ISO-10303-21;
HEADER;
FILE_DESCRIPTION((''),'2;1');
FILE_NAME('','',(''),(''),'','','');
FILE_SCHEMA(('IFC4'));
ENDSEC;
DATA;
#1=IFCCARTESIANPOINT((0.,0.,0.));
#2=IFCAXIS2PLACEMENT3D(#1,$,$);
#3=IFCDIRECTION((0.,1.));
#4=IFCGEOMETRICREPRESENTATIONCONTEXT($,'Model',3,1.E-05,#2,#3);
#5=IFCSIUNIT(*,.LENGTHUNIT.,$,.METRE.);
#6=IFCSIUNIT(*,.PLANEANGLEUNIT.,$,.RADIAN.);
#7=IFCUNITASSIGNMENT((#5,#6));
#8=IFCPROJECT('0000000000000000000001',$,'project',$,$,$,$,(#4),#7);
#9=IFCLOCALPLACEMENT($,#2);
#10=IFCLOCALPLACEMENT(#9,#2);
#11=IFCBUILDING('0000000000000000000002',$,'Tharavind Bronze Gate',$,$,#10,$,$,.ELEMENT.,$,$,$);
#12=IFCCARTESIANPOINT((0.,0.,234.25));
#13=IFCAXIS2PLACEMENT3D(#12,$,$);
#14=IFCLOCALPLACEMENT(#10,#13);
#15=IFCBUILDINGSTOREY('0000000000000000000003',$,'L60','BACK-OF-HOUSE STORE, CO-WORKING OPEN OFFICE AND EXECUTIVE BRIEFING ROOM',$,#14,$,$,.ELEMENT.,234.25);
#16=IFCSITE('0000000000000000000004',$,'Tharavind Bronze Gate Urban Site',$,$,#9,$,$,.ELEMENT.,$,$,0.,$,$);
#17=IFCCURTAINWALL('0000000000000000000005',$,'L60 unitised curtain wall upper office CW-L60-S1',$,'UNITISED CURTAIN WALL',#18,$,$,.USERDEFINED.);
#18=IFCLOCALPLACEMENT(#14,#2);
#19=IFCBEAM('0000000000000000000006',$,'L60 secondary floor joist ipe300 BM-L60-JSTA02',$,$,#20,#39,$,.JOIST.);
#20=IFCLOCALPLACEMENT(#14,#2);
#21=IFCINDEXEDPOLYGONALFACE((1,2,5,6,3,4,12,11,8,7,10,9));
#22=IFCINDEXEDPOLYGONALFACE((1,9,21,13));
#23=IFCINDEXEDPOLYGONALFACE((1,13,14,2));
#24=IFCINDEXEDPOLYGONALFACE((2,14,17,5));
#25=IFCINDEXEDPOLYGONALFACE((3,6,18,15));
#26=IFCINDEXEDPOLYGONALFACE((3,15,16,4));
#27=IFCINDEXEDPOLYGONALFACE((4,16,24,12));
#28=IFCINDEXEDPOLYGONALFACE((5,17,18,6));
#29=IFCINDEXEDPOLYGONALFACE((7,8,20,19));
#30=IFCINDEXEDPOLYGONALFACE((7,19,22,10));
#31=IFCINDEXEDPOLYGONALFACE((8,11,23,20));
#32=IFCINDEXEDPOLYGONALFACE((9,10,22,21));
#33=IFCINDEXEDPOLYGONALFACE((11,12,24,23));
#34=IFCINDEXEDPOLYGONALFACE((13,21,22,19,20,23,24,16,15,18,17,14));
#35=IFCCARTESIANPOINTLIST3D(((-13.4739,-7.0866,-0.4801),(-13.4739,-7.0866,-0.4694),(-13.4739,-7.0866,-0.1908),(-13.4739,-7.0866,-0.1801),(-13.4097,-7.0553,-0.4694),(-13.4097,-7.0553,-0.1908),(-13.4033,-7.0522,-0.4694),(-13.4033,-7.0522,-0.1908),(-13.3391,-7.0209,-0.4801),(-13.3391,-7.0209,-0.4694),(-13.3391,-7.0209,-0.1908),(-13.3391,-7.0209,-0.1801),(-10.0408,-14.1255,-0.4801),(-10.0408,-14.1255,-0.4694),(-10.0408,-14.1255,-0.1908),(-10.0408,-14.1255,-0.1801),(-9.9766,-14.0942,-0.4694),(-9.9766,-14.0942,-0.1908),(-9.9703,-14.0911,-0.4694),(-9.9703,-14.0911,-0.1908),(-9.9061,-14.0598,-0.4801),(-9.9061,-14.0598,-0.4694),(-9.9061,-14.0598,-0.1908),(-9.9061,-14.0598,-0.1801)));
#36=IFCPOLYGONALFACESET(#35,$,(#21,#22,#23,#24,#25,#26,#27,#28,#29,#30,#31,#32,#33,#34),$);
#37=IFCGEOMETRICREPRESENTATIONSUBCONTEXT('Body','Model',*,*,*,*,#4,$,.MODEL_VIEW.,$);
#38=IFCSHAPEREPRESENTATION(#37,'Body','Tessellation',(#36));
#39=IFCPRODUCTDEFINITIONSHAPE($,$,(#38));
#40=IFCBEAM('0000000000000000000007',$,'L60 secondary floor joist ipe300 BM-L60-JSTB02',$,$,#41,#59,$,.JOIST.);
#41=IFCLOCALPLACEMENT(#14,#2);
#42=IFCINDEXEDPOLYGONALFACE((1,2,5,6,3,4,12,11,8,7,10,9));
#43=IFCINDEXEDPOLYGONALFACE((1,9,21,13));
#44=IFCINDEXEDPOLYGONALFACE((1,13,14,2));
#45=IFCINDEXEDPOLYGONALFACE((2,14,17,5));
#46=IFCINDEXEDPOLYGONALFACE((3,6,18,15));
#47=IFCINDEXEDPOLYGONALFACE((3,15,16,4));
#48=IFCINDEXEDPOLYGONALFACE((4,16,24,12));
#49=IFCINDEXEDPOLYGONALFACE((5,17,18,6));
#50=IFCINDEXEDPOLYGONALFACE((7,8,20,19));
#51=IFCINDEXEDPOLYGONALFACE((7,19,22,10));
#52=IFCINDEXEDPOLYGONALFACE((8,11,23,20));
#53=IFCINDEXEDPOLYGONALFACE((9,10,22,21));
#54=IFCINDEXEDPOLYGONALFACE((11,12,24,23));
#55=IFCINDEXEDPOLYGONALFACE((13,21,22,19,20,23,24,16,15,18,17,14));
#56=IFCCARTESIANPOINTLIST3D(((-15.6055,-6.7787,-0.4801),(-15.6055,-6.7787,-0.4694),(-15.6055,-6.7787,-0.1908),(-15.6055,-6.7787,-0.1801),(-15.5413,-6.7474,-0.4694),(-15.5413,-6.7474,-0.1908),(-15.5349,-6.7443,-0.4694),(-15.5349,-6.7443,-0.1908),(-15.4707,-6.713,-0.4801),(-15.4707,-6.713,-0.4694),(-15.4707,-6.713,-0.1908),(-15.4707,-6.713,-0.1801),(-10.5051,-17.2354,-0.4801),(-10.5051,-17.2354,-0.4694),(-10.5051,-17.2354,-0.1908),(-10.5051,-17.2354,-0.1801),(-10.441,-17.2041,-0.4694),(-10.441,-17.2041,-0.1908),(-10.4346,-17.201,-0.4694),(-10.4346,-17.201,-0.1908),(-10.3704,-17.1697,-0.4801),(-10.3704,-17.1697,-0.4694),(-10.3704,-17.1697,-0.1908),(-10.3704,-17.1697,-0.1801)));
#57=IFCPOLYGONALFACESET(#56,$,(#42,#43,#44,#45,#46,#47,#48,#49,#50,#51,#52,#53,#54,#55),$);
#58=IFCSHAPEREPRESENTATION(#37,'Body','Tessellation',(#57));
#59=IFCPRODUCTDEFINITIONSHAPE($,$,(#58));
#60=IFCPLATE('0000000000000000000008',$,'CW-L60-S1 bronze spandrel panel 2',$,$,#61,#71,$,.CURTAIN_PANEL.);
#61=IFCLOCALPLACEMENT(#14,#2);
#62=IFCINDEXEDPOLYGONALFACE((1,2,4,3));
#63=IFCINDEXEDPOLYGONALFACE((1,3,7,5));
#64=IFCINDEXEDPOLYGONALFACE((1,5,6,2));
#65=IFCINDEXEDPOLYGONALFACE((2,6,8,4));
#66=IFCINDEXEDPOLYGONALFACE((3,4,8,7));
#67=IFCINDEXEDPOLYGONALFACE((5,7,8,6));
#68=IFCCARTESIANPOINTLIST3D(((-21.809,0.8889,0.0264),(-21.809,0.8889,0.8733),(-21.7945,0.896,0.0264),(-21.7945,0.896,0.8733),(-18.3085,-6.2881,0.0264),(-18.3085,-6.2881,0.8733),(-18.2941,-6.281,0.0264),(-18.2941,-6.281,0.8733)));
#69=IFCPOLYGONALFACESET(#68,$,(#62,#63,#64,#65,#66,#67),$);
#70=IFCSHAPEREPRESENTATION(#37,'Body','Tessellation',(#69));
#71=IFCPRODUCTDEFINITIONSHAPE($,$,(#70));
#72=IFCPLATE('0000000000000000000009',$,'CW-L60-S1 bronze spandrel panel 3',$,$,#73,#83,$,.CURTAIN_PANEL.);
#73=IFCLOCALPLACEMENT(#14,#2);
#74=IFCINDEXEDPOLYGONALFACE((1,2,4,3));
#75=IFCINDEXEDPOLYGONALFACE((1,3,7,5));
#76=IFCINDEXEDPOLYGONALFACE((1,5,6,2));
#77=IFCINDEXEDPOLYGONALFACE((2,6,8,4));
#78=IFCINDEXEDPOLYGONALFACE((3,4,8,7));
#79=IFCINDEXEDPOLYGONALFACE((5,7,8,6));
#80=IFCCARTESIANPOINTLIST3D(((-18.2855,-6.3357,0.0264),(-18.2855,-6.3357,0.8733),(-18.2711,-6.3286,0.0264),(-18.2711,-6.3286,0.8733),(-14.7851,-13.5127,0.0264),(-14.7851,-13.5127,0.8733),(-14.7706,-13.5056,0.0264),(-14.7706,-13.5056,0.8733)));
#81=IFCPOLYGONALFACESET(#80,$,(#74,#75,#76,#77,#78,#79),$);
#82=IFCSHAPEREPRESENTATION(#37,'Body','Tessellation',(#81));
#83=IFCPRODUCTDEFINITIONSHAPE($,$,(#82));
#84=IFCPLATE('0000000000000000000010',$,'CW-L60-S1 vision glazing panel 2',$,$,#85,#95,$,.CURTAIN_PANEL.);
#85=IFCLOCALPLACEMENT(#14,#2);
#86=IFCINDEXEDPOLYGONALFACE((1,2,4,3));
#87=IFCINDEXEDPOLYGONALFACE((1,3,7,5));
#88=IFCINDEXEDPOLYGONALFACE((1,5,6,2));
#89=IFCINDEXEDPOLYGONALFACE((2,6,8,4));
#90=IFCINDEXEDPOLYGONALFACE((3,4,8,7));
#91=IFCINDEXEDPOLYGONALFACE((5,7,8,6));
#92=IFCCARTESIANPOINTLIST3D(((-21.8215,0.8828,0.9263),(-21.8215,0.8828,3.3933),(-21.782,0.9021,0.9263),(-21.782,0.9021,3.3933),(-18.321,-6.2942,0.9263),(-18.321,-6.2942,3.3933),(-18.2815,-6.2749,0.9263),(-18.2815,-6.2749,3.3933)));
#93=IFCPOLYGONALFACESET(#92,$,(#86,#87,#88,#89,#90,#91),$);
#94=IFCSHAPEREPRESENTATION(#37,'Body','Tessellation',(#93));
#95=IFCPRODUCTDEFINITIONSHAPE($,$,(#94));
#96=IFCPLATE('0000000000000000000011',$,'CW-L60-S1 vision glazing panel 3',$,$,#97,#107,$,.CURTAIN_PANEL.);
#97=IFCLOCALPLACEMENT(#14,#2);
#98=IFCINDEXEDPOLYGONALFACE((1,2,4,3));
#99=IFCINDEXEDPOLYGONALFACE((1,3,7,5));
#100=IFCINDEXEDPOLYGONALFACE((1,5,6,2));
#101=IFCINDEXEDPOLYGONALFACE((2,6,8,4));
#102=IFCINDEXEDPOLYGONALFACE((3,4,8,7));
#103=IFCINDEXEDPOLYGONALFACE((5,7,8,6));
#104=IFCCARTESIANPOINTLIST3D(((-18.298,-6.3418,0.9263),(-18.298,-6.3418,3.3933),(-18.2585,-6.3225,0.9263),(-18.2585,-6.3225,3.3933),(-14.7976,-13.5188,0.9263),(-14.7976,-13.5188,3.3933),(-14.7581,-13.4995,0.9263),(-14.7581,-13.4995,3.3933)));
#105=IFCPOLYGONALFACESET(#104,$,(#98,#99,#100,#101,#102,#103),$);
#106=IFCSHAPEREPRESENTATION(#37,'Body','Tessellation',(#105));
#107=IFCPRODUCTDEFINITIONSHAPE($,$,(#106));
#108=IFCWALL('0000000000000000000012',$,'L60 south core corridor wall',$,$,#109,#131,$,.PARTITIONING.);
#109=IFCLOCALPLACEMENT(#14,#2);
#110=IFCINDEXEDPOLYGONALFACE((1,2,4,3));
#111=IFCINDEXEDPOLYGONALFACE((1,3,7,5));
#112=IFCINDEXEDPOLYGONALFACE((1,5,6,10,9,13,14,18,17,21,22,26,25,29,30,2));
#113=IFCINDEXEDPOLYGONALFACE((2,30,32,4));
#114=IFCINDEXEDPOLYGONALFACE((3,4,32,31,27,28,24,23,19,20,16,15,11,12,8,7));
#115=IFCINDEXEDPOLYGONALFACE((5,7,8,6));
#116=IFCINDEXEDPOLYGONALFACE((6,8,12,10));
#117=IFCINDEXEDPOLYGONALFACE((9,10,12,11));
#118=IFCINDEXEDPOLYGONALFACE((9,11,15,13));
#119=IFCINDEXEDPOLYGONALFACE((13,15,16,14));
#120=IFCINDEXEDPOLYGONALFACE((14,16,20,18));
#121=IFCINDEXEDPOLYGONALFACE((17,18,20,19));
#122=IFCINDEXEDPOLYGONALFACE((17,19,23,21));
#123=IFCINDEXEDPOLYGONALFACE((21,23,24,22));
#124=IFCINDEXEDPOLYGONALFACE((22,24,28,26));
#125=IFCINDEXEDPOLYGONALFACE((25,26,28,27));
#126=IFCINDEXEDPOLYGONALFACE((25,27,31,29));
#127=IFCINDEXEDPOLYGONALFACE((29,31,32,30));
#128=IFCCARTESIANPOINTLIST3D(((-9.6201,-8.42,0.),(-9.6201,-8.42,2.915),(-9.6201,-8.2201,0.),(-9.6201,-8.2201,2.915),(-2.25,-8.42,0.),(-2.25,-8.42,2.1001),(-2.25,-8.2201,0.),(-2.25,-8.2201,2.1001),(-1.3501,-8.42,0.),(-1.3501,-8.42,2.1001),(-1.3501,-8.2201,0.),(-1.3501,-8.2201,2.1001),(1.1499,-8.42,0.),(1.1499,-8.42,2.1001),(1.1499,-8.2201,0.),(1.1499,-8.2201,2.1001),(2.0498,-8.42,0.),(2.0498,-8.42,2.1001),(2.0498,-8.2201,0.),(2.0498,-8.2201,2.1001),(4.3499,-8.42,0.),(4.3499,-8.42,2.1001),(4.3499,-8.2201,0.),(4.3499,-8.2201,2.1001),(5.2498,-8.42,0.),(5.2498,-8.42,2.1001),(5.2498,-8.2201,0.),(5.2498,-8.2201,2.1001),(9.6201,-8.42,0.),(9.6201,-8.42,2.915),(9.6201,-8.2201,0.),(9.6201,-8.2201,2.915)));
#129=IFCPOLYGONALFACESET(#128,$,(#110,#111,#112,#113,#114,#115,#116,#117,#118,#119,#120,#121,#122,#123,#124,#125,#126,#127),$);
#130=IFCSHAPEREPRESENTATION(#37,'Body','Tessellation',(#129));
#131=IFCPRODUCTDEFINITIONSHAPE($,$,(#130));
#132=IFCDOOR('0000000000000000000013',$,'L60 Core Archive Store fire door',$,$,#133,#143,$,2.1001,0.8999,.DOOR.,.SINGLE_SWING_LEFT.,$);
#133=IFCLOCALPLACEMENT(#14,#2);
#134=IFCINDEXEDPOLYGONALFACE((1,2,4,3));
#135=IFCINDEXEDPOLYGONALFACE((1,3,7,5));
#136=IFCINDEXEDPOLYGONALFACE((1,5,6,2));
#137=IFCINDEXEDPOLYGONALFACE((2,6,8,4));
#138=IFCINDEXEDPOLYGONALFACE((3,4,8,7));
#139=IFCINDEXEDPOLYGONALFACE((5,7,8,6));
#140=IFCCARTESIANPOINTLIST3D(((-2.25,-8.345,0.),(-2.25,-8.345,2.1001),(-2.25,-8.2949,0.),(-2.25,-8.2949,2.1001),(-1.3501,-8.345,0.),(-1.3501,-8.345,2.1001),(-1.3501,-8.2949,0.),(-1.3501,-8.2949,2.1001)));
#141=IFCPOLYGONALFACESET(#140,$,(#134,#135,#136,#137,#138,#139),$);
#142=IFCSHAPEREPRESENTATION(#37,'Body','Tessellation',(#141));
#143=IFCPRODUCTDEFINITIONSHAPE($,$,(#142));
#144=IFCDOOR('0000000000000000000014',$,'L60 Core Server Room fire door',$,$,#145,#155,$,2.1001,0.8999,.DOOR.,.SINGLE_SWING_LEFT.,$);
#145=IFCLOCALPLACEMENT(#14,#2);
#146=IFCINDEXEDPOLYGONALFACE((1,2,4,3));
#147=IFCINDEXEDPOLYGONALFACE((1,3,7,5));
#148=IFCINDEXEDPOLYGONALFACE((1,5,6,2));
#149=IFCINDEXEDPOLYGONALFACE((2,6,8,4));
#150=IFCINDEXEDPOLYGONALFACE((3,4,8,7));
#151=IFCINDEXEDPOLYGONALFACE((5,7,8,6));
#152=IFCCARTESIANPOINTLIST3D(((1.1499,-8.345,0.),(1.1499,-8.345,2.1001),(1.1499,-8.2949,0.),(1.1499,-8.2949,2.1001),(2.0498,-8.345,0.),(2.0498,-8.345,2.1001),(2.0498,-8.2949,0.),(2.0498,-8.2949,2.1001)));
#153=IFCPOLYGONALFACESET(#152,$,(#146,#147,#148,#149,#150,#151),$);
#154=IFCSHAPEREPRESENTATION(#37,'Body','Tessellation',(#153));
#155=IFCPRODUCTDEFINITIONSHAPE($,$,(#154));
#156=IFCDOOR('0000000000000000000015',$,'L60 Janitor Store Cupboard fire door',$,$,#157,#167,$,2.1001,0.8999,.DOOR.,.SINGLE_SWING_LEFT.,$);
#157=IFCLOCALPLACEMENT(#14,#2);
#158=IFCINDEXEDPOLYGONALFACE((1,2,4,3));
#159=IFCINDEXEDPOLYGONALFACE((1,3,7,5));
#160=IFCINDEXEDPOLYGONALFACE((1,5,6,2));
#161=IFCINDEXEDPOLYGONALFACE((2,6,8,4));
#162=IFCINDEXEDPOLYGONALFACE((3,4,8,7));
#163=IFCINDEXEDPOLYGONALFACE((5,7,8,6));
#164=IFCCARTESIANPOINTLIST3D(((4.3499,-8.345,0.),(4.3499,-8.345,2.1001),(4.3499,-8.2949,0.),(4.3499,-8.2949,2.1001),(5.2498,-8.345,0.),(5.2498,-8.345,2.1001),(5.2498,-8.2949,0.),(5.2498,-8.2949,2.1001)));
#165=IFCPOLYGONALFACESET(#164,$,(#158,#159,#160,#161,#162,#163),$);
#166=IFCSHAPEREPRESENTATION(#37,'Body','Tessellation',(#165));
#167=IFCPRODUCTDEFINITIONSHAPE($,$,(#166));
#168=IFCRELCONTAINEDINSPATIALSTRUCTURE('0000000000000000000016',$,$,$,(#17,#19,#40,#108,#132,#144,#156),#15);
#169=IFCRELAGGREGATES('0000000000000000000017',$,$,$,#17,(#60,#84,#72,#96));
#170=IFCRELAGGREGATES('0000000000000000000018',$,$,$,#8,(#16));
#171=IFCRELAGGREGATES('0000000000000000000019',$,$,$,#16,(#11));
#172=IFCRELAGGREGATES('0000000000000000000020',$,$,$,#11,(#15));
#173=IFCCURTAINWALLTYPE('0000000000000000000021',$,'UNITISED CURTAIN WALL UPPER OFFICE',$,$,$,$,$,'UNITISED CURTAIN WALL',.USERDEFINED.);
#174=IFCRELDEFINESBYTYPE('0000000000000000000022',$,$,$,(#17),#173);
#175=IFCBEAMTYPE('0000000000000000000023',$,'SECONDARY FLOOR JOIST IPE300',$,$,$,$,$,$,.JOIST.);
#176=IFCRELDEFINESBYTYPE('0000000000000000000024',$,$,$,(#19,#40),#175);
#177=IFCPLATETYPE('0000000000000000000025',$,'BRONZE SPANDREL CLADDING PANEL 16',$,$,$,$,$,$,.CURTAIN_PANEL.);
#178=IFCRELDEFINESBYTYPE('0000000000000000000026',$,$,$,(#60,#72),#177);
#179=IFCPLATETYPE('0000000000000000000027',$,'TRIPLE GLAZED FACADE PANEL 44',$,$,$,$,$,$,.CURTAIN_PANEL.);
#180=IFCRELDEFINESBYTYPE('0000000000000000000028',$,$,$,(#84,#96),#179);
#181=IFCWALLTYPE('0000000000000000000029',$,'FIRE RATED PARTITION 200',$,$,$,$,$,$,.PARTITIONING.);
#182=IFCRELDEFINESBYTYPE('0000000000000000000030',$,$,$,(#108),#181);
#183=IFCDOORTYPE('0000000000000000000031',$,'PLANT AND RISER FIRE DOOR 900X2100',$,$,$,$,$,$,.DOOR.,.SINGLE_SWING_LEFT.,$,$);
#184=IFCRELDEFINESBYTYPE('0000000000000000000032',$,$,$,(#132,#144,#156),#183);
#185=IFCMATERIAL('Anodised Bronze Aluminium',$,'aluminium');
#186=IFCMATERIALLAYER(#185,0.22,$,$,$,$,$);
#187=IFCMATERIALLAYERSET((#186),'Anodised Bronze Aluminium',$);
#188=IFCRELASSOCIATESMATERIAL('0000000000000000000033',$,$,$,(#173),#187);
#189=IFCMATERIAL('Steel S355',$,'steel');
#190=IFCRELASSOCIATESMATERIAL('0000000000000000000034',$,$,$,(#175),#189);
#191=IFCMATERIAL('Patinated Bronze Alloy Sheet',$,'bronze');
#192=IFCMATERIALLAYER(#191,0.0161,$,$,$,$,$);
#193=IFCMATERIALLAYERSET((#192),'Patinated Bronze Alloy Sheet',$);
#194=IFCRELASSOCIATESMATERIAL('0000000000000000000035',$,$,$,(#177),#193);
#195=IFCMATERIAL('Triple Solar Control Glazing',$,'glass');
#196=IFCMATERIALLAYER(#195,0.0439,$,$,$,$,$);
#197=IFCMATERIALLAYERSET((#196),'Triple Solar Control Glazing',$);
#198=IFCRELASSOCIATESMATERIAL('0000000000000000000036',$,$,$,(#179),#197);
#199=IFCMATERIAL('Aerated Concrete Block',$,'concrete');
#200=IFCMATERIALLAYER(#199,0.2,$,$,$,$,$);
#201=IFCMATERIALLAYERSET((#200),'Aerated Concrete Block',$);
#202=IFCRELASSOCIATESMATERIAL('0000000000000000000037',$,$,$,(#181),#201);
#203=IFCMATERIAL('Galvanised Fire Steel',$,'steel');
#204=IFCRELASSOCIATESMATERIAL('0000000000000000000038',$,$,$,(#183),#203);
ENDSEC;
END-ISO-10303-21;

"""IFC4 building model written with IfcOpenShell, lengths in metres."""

from ifc_helpers import new_model, si_unit, direction, frame, frame_2d, origin, origin_2d, place, context, subcontext, project, spatial, rectangle, i_section, extrude, material, layer, layer_set, material_profile, profile_set, type_object, element, fill, aggregate, save


model = new_model("IFC4")

# Units and contexts
model_context = context("Model", 3, precision=1e-05, world=origin(), true_north=direction((0.0, 1.0)))
body_context = subcontext(model_context, "Body", "Model", "MODEL_VIEW")
ifc_project = project(units=[si_unit("LENGTHUNIT", "METRE"), si_unit("PLANEANGLEUNIT", "RADIAN")], contexts=[model_context])

# Site, building, storey
site_placement = place(None, origin())
site = spatial("IfcSite", under=ifc_project, at=site_placement, Name="Tharavind Bronze Gate Urban Site", CompositionType="ELEMENT", RefElevation=0.0)
building_placement = place(site_placement, origin())
building = spatial("IfcBuilding", under=site, at=building_placement, Name="Tharavind Bronze Gate", CompositionType="ELEMENT")
storey_placement = place(building_placement, frame((0.0, 0.0, 234.25)))
storey = spatial("IfcBuildingStorey", under=building, at=storey_placement, Name="L60", Description="BACK-OF-HOUSE STORE, CO-WORKING OPEN OFFICE AND EXECUTIVE BRIEFING ROOM", CompositionType="ELEMENT", Elevation=234.25)

# Curtain wall
ifc_material_1 = material(Name="Anodised Bronze Aluminium", Category="aluminium")
ifc_layer_1 = layer(ifc_material_1, 0.22)
ifc_layer_set_1 = layer_set([ifc_layer_1], Name="Anodised Bronze Aluminium")
curtain_wall_type = type_object("IfcCurtainWallType", Name="UNITISED CURTAIN WALL UPPER OFFICE", ElementType="UNITISED CURTAIN WALL", PredefinedType="USERDEFINED", material=ifc_layer_set_1)
curtain_wall_placement = place(storey_placement, origin())
curtain_wall = element("IfcCurtainWall", 1, at=curtain_wall_placement, inside=storey, type_object=curtain_wall_type, Name="L60 unitised curtain wall upper office CW-L60-S1", ObjectType="UNITISED CURTAIN WALL", PredefinedType="USERDEFINED")

# Beams
ifc_material_2 = material(Name="Steel S355", Category="steel")
ifc_material_profile_1 = material_profile(ifc_material_2, i_section(OverallWidth=0.1499, OverallDepth=0.3, WebThickness=0.0071, FlangeThickness=0.0107, at=origin_2d()), Name="IPE300")
ifc_profile_set_1 = profile_set([ifc_material_profile_1], Name="Steel S355")
beam_type_1 = type_object("IfcBeamType", Name="SECONDARY FLOOR JOIST IPE300", PredefinedType="JOIST", material=ifc_profile_set_1)
beam_1_placement = place(storey_placement, frame((-13.4065, -7.0537, -0.3301), z_axis=(0.438363, -0.898798, 0.0), x_axis=(0.898798, 0.438363, 0.0)))
element("IfcBeam", 2, at=beam_1_placement, inside=storey, type_object=beam_type_1, Name="L60 secondary floor joist ipe300 BM-L60-JSTA02", PredefinedType="JOIST", context=body_context, shape_type="SweptSolid", body=[
    extrude(i_section(OverallWidth=0.1499, OverallDepth=0.3, WebThickness=0.0071, FlangeThickness=0.0107, at=origin_2d()), origin(), (0.0, 0.0, 1.0), 7.8315),
])
beam_2_placement = place(storey_placement, frame((-15.5381, -6.7458, -0.3301), z_axis=(0.438387, -0.898786, 0.0), x_axis=(0.898786, 0.438387, 0.0)))
element("IfcBeam", 3, at=beam_2_placement, inside=storey, type_object=beam_type_1, Name="L60 secondary floor joist ipe300 BM-L60-JSTB02", PredefinedType="JOIST", context=body_context, shape_type="SweptSolid", body=[
    extrude(i_section(OverallWidth=0.1499, OverallDepth=0.3, WebThickness=0.0071, FlangeThickness=0.0107, at=origin_2d()), origin(), (0.0, 0.0, 1.0), 11.6343),
])

# Plates
ifc_material_3 = material(Name="Patinated Bronze Alloy Sheet", Category="bronze")
ifc_layer_2 = layer(ifc_material_3, 0.0161)
ifc_layer_set_2 = layer_set([ifc_layer_2], Name="Patinated Bronze Alloy Sheet")
plate_type_1 = type_object("IfcPlateType", Name="BRONZE SPANDREL CLADDING PANEL 16", PredefinedType="CURTAIN_PANEL", material=ifc_layer_set_2)
plate_1_placement = place(storey_placement, frame((-20.0515, -2.696, 0.0264), z_axis=(0.0, 0.0, 1.0), x_axis=(0.438371, -0.898794, 0.0)))
plate_1 = element("IfcPlate", 4, at=plate_1_placement, type_object=plate_type_1, Name="CW-L60-S1 bronze spandrel panel 2", PredefinedType="CURTAIN_PANEL", context=body_context, shape_type="SweptSolid", body=[
    extrude(rectangle(XDim=7.9851, YDim=0.0161, at=origin_2d()), origin(), (0.0, 0.0, 1.0), 0.8469),
])
plate_2_placement = place(storey_placement, frame((-16.5281, -9.9207, 0.0264), z_axis=(0.0, 0.0, 1.0), x_axis=(0.438371, -0.898794, 0.0)))
plate_2 = element("IfcPlate", 5, at=plate_2_placement, type_object=plate_type_1, Name="CW-L60-S1 bronze spandrel panel 3", PredefinedType="CURTAIN_PANEL", context=body_context, shape_type="SweptSolid", body=[
    extrude(rectangle(XDim=7.9851, YDim=0.0161, at=origin_2d()), origin(), (0.0, 0.0, 1.0), 0.8469),
])
ifc_material_4 = material(Name="Triple Solar Control Glazing", Category="glass")
ifc_layer_3 = layer(ifc_material_4, 0.0439)
ifc_layer_set_3 = layer_set([ifc_layer_3], Name="Triple Solar Control Glazing")
plate_type_2 = type_object("IfcPlateType", Name="TRIPLE GLAZED FACADE PANEL 44", PredefinedType="CURTAIN_PANEL", material=ifc_layer_set_3)
plate_3_placement = place(storey_placement, frame((-20.0515, -2.696, 0.9263), z_axis=(0.0, 0.0, 1.0), x_axis=(0.438371, -0.898794, 0.0)))
plate_3 = element("IfcPlate", 6, at=plate_3_placement, type_object=plate_type_2, Name="CW-L60-S1 vision glazing panel 2", PredefinedType="CURTAIN_PANEL", context=body_context, shape_type="SweptSolid", body=[
    extrude(rectangle(XDim=7.9851, YDim=0.0439, at=origin_2d()), origin(), (0.0, 0.0, 1.0), 2.467),
])
plate_4_placement = place(storey_placement, frame((-16.5281, -9.9207, 0.9263), z_axis=(0.0, 0.0, 1.0), x_axis=(0.438371, -0.898794, 0.0)))
plate_4 = element("IfcPlate", 7, at=plate_4_placement, type_object=plate_type_2, Name="CW-L60-S1 vision glazing panel 3", PredefinedType="CURTAIN_PANEL", context=body_context, shape_type="SweptSolid", body=[
    extrude(rectangle(XDim=7.9851, YDim=0.0439, at=origin_2d()), origin(), (0.0, 0.0, 1.0), 2.467),
])
aggregate(curtain_wall, [plate_1, plate_3, plate_2, plate_4])

# Wall, openings, doors
ifc_material_5 = material(Name="Aerated Concrete Block", Category="concrete")
ifc_layer_4 = layer(ifc_material_5, 0.2)
ifc_layer_set_4 = layer_set([ifc_layer_4], Name="Aerated Concrete Block")
wall_type = type_object("IfcWallType", Name="FIRE RATED PARTITION 200", PredefinedType="PARTITIONING", material=ifc_layer_set_4)
wall_1_placement = place(storey_placement, frame((-9.6201, -8.3201, 0.0), z_axis=(0.0, 0.0, 1.0), x_axis=(1.0, 0.0, 0.0)))
wall_1 = element("IfcWall", 8, at=wall_1_placement, inside=storey, type_object=wall_type, Name="L60 south core corridor wall", PredefinedType="PARTITIONING", context=body_context, shape_type="SweptSolid", body=[
    extrude(rectangle(XDim=19.2402, YDim=0.2, at=frame_2d((9.6201, 0.0))), origin(), (0.0, 0.0, 1.0), 2.915),
])
opening_1_placement = place(wall_1_placement, frame((7.3701, 0.0, 0.0)))
opening_1 = element("IfcOpeningElement", 9, at=opening_1_placement, cuts=wall_1, PredefinedType="OPENING", context=body_context, shape_type="SweptSolid", body=[
    extrude(rectangle(XDim=0.8999, YDim=2.1001, at=frame_2d((0.45, 1.05))), frame((0.0, 0.1101, 0.0), z_axis=(0.0, -1.0, 0.0), x_axis=(1.0, 0.0, 0.0)), (0.0, 0.0, 1.0), 0.22),
])
opening_2_placement = place(wall_1_placement, frame((10.77, 0.0, 0.0)))
opening_2 = element("IfcOpeningElement", 10, at=opening_2_placement, cuts=wall_1, PredefinedType="OPENING", context=body_context, shape_type="SweptSolid", body=[
    extrude(rectangle(XDim=0.8999, YDim=2.1001, at=frame_2d((0.45, 1.05))), frame((0.0, 0.1101, 0.0), z_axis=(0.0, -1.0, 0.0), x_axis=(1.0, 0.0, 0.0)), (0.0, 0.0, 1.0), 0.22),
])
opening_3_placement = place(wall_1_placement, frame((13.97, 0.0, 0.0)))
opening_3 = element("IfcOpeningElement", 11, at=opening_3_placement, cuts=wall_1, PredefinedType="OPENING", context=body_context, shape_type="SweptSolid", body=[
    extrude(rectangle(XDim=0.8999, YDim=2.1001, at=frame_2d((0.45, 1.05))), frame((0.0, 0.1101, 0.0), z_axis=(0.0, -1.0, 0.0), x_axis=(1.0, 0.0, 0.0)), (0.0, 0.0, 1.0), 0.22),
])
ifc_material_6 = material(Name="Galvanised Fire Steel", Category="steel")
door_type = type_object("IfcDoorType", Name="PLANT AND RISER FIRE DOOR 900X2100", OperationType="SINGLE_SWING_LEFT", PredefinedType="DOOR", material=ifc_material_6)
door_1_placement = place(opening_1_placement, frame((0.8999, 0.0, 0.0), z_axis=(0.0, 0.0, 1.0), x_axis=(-1.0, 0.0, 0.0)))
door_1 = element("IfcDoor", 12, at=door_1_placement, inside=storey, type_object=door_type, Name="L60 Core Archive Store fire door", OperationType="SINGLE_SWING_LEFT", OverallHeight=2.1001, OverallWidth=0.8999, PredefinedType="DOOR", context=body_context, shape_type="SweptSolid", body=[
    extrude(rectangle(XDim=0.8999, YDim=2.1001, at=frame_2d((0.45, 1.05))), frame((0.0, 0.0249, 0.0), z_axis=(0.0, -1.0, 0.0), x_axis=(1.0, 0.0, 0.0)), (0.0, 0.0, 1.0), 0.05),
])
fill(opening_1, door_1)
door_2_placement = place(opening_2_placement, frame((0.8999, 0.0, 0.0), z_axis=(0.0, 0.0, 1.0), x_axis=(-1.0, 0.0, 0.0)))
door_2 = element("IfcDoor", 13, at=door_2_placement, inside=storey, type_object=door_type, Name="L60 Core Server Room fire door", OperationType="SINGLE_SWING_LEFT", OverallHeight=2.1001, OverallWidth=0.8999, PredefinedType="DOOR", context=body_context, shape_type="SweptSolid", body=[
    extrude(rectangle(XDim=0.8999, YDim=2.1001, at=frame_2d((0.45, 1.05))), frame((0.0, 0.0249, 0.0), z_axis=(0.0, -1.0, 0.0), x_axis=(1.0, 0.0, 0.0)), (0.0, 0.0, 1.0), 0.05),
])
fill(opening_2, door_2)
door_3_placement = place(opening_3_placement, frame((0.8999, 0.0, 0.0), z_axis=(0.0, 0.0, 1.0), x_axis=(-1.0, 0.0, 0.0)))
door_3 = element("IfcDoor", 14, at=door_3_placement, inside=storey, type_object=door_type, Name="L60 Janitor Store Cupboard fire door", OperationType="SINGLE_SWING_LEFT", OverallHeight=2.1001, OverallWidth=0.8999, PredefinedType="DOOR", context=body_context, shape_type="SweptSolid", body=[
    extrude(rectangle(XDim=0.8999, YDim=2.1001, at=frame_2d((0.45, 1.05))), frame((0.0, 0.0249, 0.0), z_axis=(0.0, -1.0, 0.0), x_axis=(1.0, 0.0, 0.0)), (0.0, 0.0, 1.0), 0.05),
])
fill(opening_3, door_3)

save(model, "model.ifc")
